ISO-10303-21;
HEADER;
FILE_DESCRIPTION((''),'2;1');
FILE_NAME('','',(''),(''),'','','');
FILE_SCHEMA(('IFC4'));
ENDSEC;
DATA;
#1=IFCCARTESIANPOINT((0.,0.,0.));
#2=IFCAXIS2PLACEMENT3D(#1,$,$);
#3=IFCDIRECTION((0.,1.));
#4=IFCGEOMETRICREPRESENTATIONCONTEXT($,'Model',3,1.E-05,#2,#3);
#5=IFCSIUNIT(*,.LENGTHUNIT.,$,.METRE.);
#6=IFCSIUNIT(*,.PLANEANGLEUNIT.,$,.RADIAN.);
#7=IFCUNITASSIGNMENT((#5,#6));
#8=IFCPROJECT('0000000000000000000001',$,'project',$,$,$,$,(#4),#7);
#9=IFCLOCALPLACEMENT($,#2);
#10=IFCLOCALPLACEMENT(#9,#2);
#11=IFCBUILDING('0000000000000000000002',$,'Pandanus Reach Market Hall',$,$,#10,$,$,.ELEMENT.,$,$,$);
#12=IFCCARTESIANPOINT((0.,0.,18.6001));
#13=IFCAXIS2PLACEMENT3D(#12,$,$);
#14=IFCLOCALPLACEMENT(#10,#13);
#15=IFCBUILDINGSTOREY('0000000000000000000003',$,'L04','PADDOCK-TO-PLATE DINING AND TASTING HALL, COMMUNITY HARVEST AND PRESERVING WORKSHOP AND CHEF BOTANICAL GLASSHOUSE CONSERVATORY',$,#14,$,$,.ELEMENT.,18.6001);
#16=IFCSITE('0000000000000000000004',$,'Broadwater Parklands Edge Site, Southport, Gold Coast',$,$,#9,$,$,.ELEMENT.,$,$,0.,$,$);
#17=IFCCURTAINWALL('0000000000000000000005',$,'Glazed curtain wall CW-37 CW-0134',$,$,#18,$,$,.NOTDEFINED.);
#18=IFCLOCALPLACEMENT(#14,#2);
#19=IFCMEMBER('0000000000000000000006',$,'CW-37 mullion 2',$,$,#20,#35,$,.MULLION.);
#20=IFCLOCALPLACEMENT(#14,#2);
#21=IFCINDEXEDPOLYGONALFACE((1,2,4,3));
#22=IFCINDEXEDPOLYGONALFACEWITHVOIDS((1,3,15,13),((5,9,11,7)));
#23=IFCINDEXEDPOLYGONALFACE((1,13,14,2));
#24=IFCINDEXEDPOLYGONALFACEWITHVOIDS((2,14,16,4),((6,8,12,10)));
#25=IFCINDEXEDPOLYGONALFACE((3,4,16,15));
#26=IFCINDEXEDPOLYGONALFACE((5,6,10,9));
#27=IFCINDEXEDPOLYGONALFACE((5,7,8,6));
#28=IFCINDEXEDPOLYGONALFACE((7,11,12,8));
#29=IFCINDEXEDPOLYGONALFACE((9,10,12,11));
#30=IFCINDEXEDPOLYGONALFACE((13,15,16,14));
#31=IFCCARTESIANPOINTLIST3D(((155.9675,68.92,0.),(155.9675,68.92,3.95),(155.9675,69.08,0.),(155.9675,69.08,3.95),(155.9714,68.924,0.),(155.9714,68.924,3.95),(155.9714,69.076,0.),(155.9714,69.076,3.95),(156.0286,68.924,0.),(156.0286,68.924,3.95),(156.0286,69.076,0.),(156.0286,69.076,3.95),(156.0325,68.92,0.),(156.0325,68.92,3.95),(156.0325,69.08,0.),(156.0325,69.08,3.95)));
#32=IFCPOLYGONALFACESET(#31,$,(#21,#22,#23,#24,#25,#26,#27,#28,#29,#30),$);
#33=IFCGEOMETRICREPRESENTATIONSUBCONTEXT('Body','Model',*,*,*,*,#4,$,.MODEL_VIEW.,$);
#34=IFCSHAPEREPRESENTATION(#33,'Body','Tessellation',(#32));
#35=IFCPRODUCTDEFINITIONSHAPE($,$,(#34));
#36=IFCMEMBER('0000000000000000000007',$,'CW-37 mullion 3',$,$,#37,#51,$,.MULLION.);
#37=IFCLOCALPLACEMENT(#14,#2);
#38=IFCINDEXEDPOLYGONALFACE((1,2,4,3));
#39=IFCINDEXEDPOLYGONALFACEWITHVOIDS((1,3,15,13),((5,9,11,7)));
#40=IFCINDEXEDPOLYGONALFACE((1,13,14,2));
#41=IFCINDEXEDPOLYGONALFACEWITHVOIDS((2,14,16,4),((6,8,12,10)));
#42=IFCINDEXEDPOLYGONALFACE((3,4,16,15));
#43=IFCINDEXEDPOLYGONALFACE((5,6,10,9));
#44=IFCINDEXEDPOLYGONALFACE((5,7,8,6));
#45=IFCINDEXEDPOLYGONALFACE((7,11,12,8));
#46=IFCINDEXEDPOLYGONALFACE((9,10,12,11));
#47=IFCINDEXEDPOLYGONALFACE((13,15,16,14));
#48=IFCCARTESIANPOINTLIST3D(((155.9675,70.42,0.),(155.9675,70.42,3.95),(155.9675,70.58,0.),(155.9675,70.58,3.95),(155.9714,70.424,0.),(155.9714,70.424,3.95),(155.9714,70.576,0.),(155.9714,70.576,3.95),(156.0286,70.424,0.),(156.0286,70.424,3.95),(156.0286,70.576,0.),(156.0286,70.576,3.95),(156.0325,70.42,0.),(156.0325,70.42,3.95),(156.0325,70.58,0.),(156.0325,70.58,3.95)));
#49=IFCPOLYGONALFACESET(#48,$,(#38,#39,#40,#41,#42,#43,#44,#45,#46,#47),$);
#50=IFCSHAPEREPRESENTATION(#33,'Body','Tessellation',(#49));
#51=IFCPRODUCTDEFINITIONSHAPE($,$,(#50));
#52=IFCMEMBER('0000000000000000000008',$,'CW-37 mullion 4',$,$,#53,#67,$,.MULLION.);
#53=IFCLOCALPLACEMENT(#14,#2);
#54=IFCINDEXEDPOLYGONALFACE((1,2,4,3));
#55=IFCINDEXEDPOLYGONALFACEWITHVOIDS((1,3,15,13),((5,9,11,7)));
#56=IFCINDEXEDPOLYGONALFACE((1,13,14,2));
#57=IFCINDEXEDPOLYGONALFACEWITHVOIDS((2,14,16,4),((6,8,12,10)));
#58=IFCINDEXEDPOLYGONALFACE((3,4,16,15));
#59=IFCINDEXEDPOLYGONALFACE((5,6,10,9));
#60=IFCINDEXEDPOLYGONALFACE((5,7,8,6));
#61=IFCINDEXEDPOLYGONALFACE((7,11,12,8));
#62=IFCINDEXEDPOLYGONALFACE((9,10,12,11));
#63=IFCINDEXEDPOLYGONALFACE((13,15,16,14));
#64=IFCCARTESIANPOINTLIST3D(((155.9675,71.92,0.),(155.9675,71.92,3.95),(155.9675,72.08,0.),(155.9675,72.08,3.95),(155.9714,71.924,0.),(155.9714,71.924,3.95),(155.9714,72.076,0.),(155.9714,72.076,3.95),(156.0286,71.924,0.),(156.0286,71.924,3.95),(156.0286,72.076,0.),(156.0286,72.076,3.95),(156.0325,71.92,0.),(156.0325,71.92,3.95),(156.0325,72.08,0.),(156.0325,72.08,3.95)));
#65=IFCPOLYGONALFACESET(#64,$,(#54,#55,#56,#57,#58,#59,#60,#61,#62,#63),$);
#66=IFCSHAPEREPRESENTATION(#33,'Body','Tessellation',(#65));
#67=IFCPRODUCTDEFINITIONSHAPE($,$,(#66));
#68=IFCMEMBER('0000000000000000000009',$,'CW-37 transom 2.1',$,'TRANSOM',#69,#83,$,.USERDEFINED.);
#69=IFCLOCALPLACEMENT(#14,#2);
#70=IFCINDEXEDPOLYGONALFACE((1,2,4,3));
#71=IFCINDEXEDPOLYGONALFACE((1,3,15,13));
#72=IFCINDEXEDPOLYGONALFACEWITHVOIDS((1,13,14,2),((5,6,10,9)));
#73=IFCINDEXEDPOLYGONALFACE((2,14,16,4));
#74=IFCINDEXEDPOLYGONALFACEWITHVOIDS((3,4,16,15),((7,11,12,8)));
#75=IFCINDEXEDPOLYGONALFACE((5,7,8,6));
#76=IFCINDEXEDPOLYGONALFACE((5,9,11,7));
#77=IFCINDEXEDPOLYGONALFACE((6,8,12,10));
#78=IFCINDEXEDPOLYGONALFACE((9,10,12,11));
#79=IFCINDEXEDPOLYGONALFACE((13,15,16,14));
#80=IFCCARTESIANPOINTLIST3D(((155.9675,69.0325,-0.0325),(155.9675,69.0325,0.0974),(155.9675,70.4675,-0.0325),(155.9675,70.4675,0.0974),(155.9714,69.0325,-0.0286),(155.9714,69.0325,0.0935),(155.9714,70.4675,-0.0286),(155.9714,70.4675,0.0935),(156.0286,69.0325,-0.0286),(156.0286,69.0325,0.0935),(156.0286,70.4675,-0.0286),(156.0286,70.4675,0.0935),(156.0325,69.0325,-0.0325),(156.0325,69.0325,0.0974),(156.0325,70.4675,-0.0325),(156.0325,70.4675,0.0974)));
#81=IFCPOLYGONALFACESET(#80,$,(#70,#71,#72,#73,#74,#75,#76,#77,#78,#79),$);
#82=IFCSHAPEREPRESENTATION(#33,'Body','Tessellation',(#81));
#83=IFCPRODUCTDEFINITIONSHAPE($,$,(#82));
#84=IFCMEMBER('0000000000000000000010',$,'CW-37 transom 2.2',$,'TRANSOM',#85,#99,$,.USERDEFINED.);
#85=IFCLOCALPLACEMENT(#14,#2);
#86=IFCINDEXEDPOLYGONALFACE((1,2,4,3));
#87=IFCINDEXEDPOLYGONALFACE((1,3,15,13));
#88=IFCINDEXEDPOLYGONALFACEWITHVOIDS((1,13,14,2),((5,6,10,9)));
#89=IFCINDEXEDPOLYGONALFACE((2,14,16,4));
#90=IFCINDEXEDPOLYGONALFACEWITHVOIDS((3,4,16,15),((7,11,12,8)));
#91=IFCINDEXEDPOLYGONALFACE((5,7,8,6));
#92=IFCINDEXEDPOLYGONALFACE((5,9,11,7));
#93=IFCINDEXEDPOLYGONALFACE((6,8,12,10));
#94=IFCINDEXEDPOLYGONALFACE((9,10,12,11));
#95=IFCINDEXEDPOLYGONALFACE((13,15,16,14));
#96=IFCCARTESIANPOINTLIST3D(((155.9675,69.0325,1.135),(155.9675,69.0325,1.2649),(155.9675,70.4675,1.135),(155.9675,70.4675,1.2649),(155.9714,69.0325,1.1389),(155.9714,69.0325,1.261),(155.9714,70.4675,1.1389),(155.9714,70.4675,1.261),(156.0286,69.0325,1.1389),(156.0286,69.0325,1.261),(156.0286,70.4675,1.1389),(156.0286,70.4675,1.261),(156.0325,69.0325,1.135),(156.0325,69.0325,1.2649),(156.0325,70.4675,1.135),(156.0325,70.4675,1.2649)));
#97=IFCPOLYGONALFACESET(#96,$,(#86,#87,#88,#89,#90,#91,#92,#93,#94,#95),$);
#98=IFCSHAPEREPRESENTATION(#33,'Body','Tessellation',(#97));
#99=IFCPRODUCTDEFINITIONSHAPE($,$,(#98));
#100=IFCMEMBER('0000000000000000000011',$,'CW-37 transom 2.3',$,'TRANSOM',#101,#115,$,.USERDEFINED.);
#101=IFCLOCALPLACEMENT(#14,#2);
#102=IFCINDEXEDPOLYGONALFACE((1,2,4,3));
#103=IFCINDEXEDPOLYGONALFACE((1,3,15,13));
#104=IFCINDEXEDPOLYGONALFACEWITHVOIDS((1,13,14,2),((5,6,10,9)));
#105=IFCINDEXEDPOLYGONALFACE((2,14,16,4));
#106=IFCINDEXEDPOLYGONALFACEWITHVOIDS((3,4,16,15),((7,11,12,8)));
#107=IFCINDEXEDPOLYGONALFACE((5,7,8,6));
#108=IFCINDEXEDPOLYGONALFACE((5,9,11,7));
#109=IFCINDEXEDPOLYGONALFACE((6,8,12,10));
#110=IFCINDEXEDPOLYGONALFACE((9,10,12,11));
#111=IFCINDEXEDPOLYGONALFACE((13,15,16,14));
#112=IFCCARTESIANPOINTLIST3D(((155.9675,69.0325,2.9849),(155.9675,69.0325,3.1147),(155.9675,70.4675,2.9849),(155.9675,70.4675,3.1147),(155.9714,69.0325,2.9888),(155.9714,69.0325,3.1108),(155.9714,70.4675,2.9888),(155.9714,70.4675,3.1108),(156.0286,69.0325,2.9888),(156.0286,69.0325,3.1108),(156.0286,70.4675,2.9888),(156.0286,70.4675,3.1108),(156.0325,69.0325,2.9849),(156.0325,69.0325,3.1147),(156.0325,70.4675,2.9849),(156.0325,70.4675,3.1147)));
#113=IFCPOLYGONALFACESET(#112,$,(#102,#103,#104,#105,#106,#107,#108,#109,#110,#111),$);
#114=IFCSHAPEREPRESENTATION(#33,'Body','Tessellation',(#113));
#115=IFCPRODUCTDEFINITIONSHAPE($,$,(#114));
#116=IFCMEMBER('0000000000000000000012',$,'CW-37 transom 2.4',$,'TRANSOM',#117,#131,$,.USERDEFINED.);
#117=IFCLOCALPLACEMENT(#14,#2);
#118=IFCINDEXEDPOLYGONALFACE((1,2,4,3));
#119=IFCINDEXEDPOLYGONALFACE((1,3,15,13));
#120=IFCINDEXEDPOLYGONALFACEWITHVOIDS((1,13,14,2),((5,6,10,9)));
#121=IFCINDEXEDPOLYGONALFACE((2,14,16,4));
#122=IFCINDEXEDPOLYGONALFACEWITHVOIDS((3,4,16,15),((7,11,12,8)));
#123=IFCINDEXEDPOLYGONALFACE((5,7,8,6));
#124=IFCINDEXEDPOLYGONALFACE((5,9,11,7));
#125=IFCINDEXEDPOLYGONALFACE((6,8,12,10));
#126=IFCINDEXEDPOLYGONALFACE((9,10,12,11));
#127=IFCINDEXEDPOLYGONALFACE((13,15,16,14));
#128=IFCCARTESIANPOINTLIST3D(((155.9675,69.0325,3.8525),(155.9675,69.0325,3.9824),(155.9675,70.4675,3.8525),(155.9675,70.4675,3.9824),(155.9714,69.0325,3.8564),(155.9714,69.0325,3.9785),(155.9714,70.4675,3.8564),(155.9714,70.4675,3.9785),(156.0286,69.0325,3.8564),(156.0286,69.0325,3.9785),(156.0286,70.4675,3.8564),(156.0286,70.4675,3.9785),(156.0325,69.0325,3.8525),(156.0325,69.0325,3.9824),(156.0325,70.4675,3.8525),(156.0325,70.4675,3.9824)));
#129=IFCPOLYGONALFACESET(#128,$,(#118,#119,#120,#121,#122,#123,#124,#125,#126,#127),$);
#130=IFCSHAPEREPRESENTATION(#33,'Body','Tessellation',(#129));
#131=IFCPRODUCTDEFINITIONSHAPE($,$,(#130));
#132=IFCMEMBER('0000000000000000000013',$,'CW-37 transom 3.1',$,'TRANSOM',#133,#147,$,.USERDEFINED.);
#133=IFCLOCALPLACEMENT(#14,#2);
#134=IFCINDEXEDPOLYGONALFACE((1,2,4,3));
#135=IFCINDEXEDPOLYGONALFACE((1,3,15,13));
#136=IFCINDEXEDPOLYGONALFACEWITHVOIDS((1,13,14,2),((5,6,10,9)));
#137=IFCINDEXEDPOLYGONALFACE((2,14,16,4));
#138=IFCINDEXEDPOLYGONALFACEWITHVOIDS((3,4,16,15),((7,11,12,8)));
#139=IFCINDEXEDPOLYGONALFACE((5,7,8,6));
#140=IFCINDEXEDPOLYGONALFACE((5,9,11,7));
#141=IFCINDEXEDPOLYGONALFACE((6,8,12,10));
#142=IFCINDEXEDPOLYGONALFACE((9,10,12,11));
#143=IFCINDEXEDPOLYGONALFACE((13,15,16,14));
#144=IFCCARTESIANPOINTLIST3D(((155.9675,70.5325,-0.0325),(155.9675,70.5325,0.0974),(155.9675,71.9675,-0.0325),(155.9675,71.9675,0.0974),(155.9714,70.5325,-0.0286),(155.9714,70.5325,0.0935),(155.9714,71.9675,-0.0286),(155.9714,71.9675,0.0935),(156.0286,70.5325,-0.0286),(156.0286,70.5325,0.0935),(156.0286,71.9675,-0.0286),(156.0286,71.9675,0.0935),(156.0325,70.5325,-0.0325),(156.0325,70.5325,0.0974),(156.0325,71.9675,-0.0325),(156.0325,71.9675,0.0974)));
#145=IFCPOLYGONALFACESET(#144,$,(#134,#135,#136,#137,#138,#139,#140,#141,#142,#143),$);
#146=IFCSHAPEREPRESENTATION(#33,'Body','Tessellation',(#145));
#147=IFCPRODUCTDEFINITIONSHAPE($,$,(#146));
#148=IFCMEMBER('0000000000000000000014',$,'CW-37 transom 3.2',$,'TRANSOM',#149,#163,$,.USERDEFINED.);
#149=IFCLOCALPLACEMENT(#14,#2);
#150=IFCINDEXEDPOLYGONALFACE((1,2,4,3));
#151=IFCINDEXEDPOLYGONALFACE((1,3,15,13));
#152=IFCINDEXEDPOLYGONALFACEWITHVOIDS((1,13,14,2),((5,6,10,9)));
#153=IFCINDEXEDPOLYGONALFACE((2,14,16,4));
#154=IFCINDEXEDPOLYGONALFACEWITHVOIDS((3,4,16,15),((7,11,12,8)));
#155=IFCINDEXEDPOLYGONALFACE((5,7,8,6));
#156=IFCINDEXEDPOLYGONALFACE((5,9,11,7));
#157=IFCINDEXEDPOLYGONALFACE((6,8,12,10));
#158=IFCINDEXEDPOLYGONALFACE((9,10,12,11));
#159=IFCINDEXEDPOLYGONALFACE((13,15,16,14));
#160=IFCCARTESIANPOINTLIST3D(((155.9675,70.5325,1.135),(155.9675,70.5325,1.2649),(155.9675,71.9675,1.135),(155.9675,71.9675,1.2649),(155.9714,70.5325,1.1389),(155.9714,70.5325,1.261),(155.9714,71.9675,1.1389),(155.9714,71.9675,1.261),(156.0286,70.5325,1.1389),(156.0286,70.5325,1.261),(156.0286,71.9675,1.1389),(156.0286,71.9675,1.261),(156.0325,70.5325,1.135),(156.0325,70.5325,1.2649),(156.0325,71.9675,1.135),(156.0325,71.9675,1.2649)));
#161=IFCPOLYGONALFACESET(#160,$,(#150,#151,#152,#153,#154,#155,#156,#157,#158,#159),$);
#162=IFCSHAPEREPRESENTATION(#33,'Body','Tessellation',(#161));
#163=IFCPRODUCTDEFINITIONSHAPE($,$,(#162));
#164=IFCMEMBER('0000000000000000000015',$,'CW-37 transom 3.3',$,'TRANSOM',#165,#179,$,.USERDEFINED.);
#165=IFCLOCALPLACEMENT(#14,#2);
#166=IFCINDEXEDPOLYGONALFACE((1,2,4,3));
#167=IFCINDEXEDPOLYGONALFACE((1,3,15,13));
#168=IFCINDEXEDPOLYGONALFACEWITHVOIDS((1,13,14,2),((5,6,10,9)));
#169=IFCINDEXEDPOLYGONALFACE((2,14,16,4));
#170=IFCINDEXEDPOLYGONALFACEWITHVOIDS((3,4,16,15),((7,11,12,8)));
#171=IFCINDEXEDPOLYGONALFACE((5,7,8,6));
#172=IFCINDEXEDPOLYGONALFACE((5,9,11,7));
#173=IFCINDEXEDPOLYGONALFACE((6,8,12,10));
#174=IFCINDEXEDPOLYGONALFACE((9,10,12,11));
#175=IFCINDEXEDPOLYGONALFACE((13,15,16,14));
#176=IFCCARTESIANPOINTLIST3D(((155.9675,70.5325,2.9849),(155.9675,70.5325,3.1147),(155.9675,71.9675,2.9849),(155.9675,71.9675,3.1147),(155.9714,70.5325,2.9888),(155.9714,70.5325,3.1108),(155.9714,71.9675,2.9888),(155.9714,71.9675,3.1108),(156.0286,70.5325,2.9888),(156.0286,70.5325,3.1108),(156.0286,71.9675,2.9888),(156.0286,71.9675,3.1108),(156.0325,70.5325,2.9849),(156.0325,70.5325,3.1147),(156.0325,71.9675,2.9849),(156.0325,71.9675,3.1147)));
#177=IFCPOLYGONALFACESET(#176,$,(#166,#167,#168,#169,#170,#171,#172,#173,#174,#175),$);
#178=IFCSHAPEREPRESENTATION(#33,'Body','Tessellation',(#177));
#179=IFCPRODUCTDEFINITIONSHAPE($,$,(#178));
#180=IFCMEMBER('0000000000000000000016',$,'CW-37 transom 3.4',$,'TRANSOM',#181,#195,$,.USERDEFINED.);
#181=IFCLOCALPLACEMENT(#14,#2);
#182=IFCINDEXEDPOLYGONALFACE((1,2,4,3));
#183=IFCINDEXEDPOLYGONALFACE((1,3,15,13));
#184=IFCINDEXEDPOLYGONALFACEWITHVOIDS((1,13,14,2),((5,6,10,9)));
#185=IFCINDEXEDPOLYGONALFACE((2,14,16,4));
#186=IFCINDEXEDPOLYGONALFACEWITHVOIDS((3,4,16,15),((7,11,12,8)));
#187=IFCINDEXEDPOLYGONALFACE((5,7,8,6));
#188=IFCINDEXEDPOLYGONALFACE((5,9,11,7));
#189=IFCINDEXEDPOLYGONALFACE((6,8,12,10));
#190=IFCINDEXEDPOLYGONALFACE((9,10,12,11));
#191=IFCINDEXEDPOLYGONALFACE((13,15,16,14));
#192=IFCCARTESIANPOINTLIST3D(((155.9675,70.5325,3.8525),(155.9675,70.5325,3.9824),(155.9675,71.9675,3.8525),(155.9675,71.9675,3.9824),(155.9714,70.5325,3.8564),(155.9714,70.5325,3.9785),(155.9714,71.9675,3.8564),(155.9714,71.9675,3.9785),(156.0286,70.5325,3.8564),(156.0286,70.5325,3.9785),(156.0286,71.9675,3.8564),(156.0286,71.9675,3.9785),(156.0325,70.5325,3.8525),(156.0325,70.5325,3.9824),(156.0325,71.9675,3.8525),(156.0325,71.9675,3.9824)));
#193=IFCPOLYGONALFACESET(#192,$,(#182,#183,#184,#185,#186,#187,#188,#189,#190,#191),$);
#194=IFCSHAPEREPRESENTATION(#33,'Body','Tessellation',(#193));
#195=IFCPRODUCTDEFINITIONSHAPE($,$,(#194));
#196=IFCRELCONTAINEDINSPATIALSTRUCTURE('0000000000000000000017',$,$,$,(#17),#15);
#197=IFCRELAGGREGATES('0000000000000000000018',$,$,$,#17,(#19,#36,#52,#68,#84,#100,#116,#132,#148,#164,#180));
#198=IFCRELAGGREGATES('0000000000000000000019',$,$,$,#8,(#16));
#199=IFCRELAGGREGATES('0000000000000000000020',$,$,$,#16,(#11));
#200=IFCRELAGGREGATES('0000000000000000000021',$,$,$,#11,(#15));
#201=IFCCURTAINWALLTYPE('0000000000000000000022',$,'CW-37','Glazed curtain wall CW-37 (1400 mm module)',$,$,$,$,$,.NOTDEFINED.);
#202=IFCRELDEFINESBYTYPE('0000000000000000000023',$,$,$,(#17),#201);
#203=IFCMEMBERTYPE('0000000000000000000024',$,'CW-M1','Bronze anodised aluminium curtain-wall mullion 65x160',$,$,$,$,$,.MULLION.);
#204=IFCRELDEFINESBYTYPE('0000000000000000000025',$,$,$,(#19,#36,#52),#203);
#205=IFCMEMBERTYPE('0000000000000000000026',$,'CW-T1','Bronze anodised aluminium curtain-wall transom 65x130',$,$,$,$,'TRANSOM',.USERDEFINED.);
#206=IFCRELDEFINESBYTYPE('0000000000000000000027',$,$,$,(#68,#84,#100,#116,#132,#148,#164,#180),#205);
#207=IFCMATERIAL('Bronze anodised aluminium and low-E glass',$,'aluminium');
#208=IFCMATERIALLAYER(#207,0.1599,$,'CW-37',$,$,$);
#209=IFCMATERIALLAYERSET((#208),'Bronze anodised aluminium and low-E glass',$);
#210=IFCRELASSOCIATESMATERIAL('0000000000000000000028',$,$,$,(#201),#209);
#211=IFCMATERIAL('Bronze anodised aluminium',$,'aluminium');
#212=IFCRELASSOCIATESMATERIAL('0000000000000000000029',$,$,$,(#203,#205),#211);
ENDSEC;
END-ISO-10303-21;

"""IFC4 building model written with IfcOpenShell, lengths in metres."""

from ifc_helpers import new_model, si_unit, direction, frame, origin, origin_2d, place, context, subcontext, project, spatial, hollow_rectangle, extrude, material, layer, layer_set, material_profile, profile_set, type_object, element, aggregate, save


model = new_model("IFC4")

# Units and contexts
model_context = context("Model", 3, precision=1e-05, world=origin(), true_north=direction((0.0, 1.0)))
body_context = subcontext(model_context, "Body", "Model", "MODEL_VIEW")
ifc_project = project(units=[si_unit("LENGTHUNIT", "METRE"), si_unit("PLANEANGLEUNIT", "RADIAN")], contexts=[model_context])

# Site, building, storey
site_placement = place(None, origin())
site = spatial("IfcSite", under=ifc_project, at=site_placement, Name="Broadwater Parklands Edge Site, Southport, Gold Coast", CompositionType="ELEMENT", RefElevation=0.0)
building_placement = place(site_placement, origin())
building = spatial("IfcBuilding", under=site, at=building_placement, Name="Pandanus Reach Market Hall", CompositionType="ELEMENT")
storey_placement = place(building_placement, frame((0.0, 0.0, 18.6001)))
storey = spatial("IfcBuildingStorey", under=building, at=storey_placement, Name="L04", Description="PADDOCK-TO-PLATE DINING AND TASTING HALL, COMMUNITY HARVEST AND PRESERVING WORKSHOP AND CHEF BOTANICAL GLASSHOUSE CONSERVATORY", CompositionType="ELEMENT", Elevation=18.6001)

# Curtain wall, members
ifc_material_1 = material(Name="Bronze anodised aluminium and low-E glass", Category="aluminium")
ifc_layer_1 = layer(ifc_material_1, 0.1599, Name="CW-37")
ifc_layer_set_1 = layer_set([ifc_layer_1], Name="Bronze anodised aluminium and low-E glass")
curtain_wall_type = type_object("IfcCurtainWallType", Name="CW-37", Description="Glazed curtain wall CW-37 (1400 mm module)", PredefinedType="NOTDEFINED", material=ifc_layer_set_1)
curtain_wall_placement = place(storey_placement, origin())
curtain_wall = element("IfcCurtainWall", 1, at=curtain_wall_placement, inside=storey, type_object=curtain_wall_type, Name="Glazed curtain wall CW-37 CW-0134", PredefinedType="NOTDEFINED")
ifc_material_2 = material(Name="Bronze anodised aluminium", Category="aluminium")
ifc_material_profile_1 = material_profile(ifc_material_2, hollow_rectangle(XDim=0.0649, YDim=0.1599, WallThickness=0.0039, at=origin_2d()), Name="ALU65x160", Category="LoadBearing")
ifc_profile_set_1 = profile_set([ifc_material_profile_1], Name="Bronze anodised aluminium")
member_type_1 = type_object("IfcMemberType", Name="CW-M1", Description="Bronze anodised aluminium curtain-wall mullion 65x160", PredefinedType="MULLION", material=ifc_profile_set_1)
member_1_placement = place(storey_placement, frame((156.0, 69.0, 0.0), z_axis=(0.0, 0.0, 1.0), x_axis=(-1.0, 0.0, 0.0)))
member_1 = element("IfcMember", 2, at=member_1_placement, type_object=member_type_1, Name="CW-37 mullion 2", PredefinedType="MULLION", context=body_context, shape_type="SweptSolid", body=[
    extrude(hollow_rectangle(XDim=0.0649, YDim=0.1599, WallThickness=0.0039, at=origin_2d()), origin(), (0.0, 0.0, 1.0), 3.95),
])
member_2_placement = place(storey_placement, frame((156.0, 70.5, 0.0), z_axis=(0.0, 0.0, 1.0), x_axis=(-1.0, 0.0, 0.0)))
member_2 = element("IfcMember", 3, at=member_2_placement, type_object=member_type_1, Name="CW-37 mullion 3", PredefinedType="MULLION", context=body_context, shape_type="SweptSolid", body=[
    extrude(hollow_rectangle(XDim=0.0649, YDim=0.1599, WallThickness=0.0039, at=origin_2d()), origin(), (0.0, 0.0, 1.0), 3.95),
])
member_3_placement = place(storey_placement, frame((156.0, 72.0, 0.0), z_axis=(0.0, 0.0, 1.0), x_axis=(-1.0, 0.0, 0.0)))
member_3 = element("IfcMember", 4, at=member_3_placement, type_object=member_type_1, Name="CW-37 mullion 4", PredefinedType="MULLION", context=body_context, shape_type="SweptSolid", body=[
    extrude(hollow_rectangle(XDim=0.0649, YDim=0.1599, WallThickness=0.0039, at=origin_2d()), origin(), (0.0, 0.0, 1.0), 3.95),
])
ifc_material_profile_2 = material_profile(ifc_material_2, hollow_rectangle(XDim=0.0649, YDim=0.1299, WallThickness=0.0039, at=origin_2d()), Name="ALU65x130", Category="LoadBearing")
ifc_profile_set_2 = profile_set([ifc_material_profile_2], Name="Bronze anodised aluminium")
member_type_2 = type_object("IfcMemberType", Name="CW-T1", Description="Bronze anodised aluminium curtain-wall transom 65x130", ElementType="TRANSOM", PredefinedType="USERDEFINED", material=ifc_profile_set_2)
member_4_placement = place(storey_placement, frame((156.0, 69.0325, 0.0325), z_axis=(0.0, 1.0, 0.0), x_axis=(-1.0, 0.0, 0.0)))
member_4 = element("IfcMember", 5, at=member_4_placement, type_object=member_type_2, Name="CW-37 transom 2.1", ObjectType="TRANSOM", PredefinedType="USERDEFINED", context=body_context, shape_type="SweptSolid", body=[
    extrude(hollow_rectangle(XDim=0.0649, YDim=0.1299, WallThickness=0.0039, at=origin_2d()), origin(), (0.0, 0.0, 1.0), 1.4351),
])
member_5_placement = place(storey_placement, frame((156.0, 69.0325, 1.2), z_axis=(0.0, 1.0, 0.0), x_axis=(-1.0, 0.0, 0.0)))
member_5 = element("IfcMember", 6, at=member_5_placement, type_object=member_type_2, Name="CW-37 transom 2.2", ObjectType="TRANSOM", PredefinedType="USERDEFINED", context=body_context, shape_type="SweptSolid", body=[
    extrude(hollow_rectangle(XDim=0.0649, YDim=0.1299, WallThickness=0.0039, at=origin_2d()), origin(), (0.0, 0.0, 1.0), 1.4351),
])
member_6_placement = place(storey_placement, frame((156.0, 69.0325, 3.0498), z_axis=(0.0, 1.0, 0.0), x_axis=(-1.0, 0.0, 0.0)))
member_6 = element("IfcMember", 7, at=member_6_placement, type_object=member_type_2, Name="CW-37 transom 2.3", ObjectType="TRANSOM", PredefinedType="USERDEFINED", context=body_context, shape_type="SweptSolid", body=[
    extrude(hollow_rectangle(XDim=0.0649, YDim=0.1299, WallThickness=0.0039, at=origin_2d()), origin(), (0.0, 0.0, 1.0), 1.4351),
])
member_7_placement = place(storey_placement, frame((156.0, 69.0325, 3.9175), z_axis=(0.0, 1.0, 0.0), x_axis=(-1.0, 0.0, 0.0)))
member_7 = element("IfcMember", 8, at=member_7_placement, type_object=member_type_2, Name="CW-37 transom 2.4", ObjectType="TRANSOM", PredefinedType="USERDEFINED", context=body_context, shape_type="SweptSolid", body=[
    extrude(hollow_rectangle(XDim=0.0649, YDim=0.1299, WallThickness=0.0039, at=origin_2d()), origin(), (0.0, 0.0, 1.0), 1.4351),
])
member_8_placement = place(storey_placement, frame((156.0, 70.5325, 0.0325), z_axis=(0.0, 1.0, 0.0), x_axis=(-1.0, 0.0, 0.0)))
member_8 = element("IfcMember", 9, at=member_8_placement, type_object=member_type_2, Name="CW-37 transom 3.1", ObjectType="TRANSOM", PredefinedType="USERDEFINED", context=body_context, shape_type="SweptSolid", body=[
    extrude(hollow_rectangle(XDim=0.0649, YDim=0.1299, WallThickness=0.0039, at=origin_2d()), origin(), (0.0, 0.0, 1.0), 1.4351),
])
member_9_placement = place(storey_placement, frame((156.0, 70.5325, 1.2), z_axis=(0.0, 1.0, 0.0), x_axis=(-1.0, 0.0, 0.0)))
member_9 = element("IfcMember", 10, at=member_9_placement, type_object=member_type_2, Name="CW-37 transom 3.2", ObjectType="TRANSOM", PredefinedType="USERDEFINED", context=body_context, shape_type="SweptSolid", body=[
    extrude(hollow_rectangle(XDim=0.0649, YDim=0.1299, WallThickness=0.0039, at=origin_2d()), origin(), (0.0, 0.0, 1.0), 1.4351),
])
member_10_placement = place(storey_placement, frame((156.0, 70.5325, 3.0498), z_axis=(0.0, 1.0, 0.0), x_axis=(-1.0, 0.0, 0.0)))
member_10 = element("IfcMember", 11, at=member_10_placement, type_object=member_type_2, Name="CW-37 transom 3.3", ObjectType="TRANSOM", PredefinedType="USERDEFINED", context=body_context, shape_type="SweptSolid", body=[
    extrude(hollow_rectangle(XDim=0.0649, YDim=0.1299, WallThickness=0.0039, at=origin_2d()), origin(), (0.0, 0.0, 1.0), 1.4351),
])
member_11_placement = place(storey_placement, frame((156.0, 70.5325, 3.9175), z_axis=(0.0, 1.0, 0.0), x_axis=(-1.0, 0.0, 0.0)))
member_11 = element("IfcMember", 12, at=member_11_placement, type_object=member_type_2, Name="CW-37 transom 3.4", ObjectType="TRANSOM", PredefinedType="USERDEFINED", context=body_context, shape_type="SweptSolid", body=[
    extrude(hollow_rectangle(XDim=0.0649, YDim=0.1299, WallThickness=0.0039, at=origin_2d()), origin(), (0.0, 0.0, 1.0), 1.4351),
])
aggregate(curtain_wall, [member_1, member_2, member_3, member_4, member_5, member_6, member_7, member_8, member_9, member_10, member_11])

save(model, "model.ifc")
